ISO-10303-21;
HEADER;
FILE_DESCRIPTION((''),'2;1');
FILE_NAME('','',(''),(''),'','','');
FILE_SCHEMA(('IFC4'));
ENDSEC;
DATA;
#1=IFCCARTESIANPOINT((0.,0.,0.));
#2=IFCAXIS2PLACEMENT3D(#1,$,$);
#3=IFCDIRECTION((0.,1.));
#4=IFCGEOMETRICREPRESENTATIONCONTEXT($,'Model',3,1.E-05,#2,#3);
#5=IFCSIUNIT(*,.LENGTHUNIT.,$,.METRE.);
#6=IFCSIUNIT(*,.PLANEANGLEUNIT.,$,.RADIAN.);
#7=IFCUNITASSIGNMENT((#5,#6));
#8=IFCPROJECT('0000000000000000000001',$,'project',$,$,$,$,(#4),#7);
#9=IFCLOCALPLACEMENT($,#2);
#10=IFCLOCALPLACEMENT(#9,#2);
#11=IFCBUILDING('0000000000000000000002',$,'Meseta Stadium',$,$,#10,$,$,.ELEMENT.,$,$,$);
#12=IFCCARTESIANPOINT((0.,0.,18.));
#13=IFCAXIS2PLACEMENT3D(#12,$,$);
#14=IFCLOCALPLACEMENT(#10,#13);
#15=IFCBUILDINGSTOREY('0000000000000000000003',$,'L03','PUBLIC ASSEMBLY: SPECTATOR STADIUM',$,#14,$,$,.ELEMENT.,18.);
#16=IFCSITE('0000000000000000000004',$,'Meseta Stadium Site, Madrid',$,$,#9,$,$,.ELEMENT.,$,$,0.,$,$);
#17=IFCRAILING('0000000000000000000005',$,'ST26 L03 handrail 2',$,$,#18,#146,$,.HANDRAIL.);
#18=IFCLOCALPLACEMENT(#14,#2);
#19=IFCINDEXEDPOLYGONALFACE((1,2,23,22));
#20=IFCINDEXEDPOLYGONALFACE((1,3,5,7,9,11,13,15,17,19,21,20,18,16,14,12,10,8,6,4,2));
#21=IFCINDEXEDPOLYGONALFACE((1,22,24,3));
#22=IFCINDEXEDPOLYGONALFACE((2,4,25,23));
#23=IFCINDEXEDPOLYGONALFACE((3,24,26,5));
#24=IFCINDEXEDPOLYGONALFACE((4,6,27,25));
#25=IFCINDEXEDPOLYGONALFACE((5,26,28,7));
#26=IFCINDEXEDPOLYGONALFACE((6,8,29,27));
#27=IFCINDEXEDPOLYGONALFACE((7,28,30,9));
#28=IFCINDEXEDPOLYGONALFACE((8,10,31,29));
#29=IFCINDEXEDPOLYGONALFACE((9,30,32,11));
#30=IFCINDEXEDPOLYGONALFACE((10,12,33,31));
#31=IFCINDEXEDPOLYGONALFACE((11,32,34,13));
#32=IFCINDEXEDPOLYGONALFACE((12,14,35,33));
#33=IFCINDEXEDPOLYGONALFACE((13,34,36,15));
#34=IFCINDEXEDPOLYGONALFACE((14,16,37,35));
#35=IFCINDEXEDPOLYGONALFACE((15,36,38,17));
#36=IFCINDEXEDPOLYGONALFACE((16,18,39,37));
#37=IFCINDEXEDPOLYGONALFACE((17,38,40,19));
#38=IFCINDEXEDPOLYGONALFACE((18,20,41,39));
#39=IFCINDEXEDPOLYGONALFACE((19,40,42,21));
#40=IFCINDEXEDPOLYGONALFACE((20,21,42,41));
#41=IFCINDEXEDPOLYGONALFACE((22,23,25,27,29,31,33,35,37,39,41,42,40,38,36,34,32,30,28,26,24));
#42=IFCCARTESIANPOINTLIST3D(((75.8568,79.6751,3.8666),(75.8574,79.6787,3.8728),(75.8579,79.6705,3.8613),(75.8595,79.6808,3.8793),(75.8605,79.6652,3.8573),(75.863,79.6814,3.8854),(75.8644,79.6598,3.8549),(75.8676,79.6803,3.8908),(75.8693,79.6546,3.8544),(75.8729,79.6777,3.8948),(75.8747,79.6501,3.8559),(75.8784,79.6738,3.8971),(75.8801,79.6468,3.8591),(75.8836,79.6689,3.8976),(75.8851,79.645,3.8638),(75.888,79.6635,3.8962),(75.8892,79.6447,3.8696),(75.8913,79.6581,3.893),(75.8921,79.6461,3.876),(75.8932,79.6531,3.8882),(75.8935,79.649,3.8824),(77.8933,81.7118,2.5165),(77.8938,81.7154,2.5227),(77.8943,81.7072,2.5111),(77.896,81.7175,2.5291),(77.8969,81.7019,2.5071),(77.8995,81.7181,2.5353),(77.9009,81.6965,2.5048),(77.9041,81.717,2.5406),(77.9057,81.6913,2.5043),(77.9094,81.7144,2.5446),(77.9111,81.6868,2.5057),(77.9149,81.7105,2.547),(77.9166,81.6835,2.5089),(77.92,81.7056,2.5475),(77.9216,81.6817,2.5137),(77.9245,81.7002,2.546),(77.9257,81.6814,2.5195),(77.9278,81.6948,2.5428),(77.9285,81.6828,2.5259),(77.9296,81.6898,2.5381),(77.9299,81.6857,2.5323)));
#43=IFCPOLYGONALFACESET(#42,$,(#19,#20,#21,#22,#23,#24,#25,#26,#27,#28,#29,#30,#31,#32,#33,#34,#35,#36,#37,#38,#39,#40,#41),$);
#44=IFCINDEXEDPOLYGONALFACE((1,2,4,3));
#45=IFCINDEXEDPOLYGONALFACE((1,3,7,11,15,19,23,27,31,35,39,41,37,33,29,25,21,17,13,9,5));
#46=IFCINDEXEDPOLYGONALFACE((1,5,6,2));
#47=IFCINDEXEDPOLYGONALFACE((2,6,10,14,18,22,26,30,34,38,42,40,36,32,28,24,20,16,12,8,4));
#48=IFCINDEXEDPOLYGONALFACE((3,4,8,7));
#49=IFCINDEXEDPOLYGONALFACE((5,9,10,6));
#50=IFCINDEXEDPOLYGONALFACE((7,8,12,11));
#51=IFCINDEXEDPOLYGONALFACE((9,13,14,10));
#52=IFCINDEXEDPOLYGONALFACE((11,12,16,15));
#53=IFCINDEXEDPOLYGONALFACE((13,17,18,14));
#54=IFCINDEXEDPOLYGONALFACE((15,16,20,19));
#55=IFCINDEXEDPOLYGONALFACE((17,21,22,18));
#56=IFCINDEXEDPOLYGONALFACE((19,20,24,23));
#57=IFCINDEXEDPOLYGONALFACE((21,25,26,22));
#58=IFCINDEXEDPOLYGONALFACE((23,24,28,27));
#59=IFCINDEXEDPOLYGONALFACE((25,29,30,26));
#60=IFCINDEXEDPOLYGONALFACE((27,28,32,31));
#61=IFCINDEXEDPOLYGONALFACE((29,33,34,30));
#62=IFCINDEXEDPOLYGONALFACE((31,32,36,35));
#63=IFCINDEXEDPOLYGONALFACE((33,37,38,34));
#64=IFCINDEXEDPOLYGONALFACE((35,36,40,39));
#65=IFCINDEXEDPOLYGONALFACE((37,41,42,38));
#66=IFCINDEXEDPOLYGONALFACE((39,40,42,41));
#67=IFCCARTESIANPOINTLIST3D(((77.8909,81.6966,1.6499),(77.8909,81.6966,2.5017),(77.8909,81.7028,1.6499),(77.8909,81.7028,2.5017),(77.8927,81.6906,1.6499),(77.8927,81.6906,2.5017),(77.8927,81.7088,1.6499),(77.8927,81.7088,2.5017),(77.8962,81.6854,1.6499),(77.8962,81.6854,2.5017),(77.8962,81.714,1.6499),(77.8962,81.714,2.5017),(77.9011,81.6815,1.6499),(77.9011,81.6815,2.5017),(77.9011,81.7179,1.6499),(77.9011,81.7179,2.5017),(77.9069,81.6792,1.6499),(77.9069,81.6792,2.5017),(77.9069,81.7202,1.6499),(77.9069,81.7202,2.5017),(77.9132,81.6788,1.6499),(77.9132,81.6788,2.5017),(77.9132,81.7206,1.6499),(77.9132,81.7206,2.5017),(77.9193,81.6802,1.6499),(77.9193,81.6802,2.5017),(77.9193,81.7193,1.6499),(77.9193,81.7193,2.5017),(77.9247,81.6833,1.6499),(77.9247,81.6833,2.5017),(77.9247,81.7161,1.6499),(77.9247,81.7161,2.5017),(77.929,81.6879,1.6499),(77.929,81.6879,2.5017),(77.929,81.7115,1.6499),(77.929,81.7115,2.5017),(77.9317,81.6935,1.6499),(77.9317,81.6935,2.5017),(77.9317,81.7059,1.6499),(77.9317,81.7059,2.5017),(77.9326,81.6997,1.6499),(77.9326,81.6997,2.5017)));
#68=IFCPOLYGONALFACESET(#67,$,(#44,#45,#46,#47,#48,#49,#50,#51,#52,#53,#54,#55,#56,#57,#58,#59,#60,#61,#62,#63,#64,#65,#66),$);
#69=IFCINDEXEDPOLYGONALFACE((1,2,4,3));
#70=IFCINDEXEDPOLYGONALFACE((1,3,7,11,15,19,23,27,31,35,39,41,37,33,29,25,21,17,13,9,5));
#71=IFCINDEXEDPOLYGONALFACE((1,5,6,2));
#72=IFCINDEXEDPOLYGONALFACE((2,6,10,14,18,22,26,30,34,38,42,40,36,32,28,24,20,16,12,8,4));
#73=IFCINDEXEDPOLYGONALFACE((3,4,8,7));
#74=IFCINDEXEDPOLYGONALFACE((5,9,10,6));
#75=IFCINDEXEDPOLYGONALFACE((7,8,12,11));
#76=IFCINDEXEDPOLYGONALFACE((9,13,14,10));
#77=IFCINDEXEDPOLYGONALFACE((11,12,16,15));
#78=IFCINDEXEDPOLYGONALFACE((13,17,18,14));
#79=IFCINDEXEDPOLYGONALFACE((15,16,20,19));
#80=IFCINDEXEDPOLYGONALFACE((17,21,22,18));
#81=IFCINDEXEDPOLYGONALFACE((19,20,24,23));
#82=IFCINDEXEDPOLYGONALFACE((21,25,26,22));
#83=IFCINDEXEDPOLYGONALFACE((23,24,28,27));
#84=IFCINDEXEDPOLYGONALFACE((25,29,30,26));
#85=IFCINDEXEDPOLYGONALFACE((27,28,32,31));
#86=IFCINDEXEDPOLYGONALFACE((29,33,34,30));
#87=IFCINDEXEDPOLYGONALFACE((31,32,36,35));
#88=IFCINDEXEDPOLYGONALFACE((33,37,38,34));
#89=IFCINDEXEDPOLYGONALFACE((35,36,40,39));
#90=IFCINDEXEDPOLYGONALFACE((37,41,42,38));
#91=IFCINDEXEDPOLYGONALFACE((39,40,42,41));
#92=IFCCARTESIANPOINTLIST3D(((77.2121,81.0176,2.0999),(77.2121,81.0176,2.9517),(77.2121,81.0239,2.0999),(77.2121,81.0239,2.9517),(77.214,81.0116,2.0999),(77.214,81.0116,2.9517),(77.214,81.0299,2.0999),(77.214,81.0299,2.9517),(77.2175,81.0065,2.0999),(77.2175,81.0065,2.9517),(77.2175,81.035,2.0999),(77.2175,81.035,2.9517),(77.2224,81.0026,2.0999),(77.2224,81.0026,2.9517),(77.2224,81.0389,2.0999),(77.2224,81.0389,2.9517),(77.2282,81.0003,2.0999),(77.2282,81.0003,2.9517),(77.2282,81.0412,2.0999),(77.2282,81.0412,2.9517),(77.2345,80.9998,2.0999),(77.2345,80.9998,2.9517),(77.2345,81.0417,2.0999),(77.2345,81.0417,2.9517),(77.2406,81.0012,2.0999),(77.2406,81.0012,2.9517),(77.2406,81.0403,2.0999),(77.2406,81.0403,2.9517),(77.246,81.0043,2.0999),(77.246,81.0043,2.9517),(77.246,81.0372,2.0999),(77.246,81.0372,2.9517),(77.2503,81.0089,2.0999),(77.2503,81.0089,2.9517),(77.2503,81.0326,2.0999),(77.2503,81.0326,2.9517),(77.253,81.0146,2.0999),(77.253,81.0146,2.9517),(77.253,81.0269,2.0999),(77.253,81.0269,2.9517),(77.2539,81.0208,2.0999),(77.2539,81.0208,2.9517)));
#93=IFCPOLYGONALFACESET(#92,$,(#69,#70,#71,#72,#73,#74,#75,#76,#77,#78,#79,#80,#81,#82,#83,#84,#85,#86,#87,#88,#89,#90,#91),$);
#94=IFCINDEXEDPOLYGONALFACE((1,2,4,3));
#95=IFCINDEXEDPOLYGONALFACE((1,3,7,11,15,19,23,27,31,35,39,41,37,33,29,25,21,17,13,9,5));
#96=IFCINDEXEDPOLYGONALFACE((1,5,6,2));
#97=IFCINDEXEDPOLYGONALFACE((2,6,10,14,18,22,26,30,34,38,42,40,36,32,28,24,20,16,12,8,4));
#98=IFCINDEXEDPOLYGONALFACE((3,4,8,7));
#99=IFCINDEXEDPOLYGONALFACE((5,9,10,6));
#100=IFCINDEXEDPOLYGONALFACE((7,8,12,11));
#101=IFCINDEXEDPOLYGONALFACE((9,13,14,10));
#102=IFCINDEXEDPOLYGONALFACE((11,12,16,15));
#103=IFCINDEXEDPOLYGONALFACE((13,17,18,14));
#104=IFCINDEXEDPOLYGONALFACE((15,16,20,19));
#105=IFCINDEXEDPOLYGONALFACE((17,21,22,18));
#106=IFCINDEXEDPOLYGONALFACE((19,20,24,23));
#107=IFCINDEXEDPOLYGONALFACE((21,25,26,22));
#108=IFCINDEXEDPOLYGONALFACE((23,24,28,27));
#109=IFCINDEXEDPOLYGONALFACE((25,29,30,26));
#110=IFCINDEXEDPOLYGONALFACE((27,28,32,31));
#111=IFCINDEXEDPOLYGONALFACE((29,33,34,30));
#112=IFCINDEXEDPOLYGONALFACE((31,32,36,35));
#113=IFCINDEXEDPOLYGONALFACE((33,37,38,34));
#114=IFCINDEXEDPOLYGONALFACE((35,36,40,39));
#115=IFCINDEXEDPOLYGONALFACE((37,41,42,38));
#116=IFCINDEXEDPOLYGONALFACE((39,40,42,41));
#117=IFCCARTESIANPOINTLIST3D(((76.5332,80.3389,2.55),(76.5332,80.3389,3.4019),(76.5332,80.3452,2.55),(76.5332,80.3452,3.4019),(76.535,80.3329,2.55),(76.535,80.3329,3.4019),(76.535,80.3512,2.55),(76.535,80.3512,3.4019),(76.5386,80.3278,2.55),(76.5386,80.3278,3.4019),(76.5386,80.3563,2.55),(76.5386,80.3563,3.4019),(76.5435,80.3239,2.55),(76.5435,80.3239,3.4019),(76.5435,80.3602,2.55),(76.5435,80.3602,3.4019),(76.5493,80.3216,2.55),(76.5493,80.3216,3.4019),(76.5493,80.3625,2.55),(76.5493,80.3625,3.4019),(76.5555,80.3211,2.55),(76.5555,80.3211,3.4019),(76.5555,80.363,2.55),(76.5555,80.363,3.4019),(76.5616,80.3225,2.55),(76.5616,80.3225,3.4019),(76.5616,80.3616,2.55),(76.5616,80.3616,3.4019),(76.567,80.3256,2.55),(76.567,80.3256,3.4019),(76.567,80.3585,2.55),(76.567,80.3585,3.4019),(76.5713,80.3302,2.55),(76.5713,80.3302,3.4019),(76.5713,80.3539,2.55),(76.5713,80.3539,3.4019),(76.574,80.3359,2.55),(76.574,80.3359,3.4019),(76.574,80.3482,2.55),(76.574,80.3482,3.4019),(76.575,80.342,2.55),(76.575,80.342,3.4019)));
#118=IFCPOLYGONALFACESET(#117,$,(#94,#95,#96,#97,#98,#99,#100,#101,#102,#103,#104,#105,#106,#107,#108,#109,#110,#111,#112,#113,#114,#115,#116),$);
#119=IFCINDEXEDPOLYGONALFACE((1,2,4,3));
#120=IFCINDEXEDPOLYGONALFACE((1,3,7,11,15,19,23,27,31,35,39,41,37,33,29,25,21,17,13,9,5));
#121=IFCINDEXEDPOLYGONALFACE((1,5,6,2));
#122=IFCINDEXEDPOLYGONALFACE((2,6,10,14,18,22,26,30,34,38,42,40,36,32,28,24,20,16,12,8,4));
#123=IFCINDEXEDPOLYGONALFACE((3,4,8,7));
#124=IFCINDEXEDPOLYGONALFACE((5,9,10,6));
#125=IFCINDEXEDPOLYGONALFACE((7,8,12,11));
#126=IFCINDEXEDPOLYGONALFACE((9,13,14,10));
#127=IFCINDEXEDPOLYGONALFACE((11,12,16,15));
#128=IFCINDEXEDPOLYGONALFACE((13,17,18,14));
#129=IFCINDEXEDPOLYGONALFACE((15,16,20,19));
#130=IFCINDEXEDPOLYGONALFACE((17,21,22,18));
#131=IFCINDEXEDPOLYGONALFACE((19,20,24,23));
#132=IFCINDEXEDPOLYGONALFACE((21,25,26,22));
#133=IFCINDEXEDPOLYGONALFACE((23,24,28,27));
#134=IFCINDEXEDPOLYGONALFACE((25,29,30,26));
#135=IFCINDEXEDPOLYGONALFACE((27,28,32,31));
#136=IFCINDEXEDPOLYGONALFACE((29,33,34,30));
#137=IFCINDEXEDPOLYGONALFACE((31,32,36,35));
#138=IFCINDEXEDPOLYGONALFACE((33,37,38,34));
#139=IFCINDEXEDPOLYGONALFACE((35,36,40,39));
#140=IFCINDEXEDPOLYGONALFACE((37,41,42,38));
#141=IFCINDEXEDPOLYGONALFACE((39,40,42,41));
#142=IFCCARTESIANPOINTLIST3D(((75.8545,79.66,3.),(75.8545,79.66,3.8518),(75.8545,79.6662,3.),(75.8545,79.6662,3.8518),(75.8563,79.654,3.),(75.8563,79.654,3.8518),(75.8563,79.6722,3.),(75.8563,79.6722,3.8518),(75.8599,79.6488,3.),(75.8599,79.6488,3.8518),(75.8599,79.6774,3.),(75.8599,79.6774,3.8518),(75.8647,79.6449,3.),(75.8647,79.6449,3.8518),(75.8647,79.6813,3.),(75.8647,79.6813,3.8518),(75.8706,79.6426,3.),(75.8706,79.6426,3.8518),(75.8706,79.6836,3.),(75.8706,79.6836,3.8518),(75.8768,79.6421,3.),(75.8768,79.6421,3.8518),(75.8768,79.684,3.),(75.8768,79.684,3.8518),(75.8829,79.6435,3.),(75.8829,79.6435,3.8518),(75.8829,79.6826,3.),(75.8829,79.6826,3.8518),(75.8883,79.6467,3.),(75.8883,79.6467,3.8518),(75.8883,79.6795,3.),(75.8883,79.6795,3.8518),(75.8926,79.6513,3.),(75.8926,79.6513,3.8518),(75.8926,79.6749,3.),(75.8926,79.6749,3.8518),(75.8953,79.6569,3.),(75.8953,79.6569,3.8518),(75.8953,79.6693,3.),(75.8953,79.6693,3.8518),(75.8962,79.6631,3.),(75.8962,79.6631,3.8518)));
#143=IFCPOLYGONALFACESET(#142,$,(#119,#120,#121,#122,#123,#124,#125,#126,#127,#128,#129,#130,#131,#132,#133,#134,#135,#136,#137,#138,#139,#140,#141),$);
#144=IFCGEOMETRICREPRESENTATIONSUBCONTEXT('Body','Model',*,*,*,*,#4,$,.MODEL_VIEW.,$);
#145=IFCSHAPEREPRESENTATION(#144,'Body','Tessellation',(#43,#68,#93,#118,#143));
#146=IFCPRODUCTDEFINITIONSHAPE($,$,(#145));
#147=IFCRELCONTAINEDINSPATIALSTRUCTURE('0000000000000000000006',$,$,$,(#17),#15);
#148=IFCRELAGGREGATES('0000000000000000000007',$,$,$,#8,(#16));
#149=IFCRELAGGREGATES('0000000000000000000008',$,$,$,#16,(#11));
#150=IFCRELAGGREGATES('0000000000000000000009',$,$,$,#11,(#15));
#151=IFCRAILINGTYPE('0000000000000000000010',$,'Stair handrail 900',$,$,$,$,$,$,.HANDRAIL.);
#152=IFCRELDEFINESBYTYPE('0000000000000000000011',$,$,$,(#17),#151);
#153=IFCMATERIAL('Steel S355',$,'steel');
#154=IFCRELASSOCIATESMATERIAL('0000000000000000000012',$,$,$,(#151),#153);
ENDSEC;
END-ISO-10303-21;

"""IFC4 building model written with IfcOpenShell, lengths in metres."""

from ifc_helpers import new_model, si_unit, direction, frame, origin, origin_2d, place, context, subcontext, project, spatial, circle, extrude, material, type_object, element, save


model = new_model("IFC4")

# Units and contexts
model_context = context("Model", 3, precision=1e-05, world=origin(), true_north=direction((0.0, 1.0)))
body_context = subcontext(model_context, "Body", "Model", "MODEL_VIEW")
ifc_project = project(units=[si_unit("LENGTHUNIT", "METRE"), si_unit("PLANEANGLEUNIT", "RADIAN")], contexts=[model_context])

# Site, building, storey
site_placement = place(None, origin())
site = spatial("IfcSite", under=ifc_project, at=site_placement, Name="Meseta Stadium Site, Madrid", CompositionType="ELEMENT", RefElevation=0.0)
building_placement = place(site_placement, origin())
building = spatial("IfcBuilding", under=site, at=building_placement, Name="Meseta Stadium", CompositionType="ELEMENT")
storey_placement = place(building_placement, frame((0.0, 0.0, 18.0)))
storey = spatial("IfcBuildingStorey", under=building, at=storey_placement, Name="L03", Description="PUBLIC ASSEMBLY: SPECTATOR STADIUM", CompositionType="ELEMENT", Elevation=18.0)

# Railing
ifc_material_1 = material(Name="Steel S355", Category="steel")
railing_type_1 = type_object("IfcRailingType", Name="Stair handrail 900", PredefinedType="HANDRAIL", material=ifc_material_1)
for number, where, name in (
    (1, (77.9116, 81.6997, 1.6499), "ST26 L03 handrail 2"),
):
    element("IfcRailing", number, at=place(storey_placement, frame(where)), inside=storey, type_object=railing_type_1, Name=name, PredefinedType="HANDRAIL", context=body_context, shape_type="SweptSolid", body=[
        extrude(circle(Radius=0.0239, at=origin_2d()), frame((0.0, 0.0, 0.876), z_axis=(-0.640211, -0.640288, 0.424454), x_axis=(0.707149, -0.707064, 0.0)), (0.0, 0.0, 1.0), 3.1809),
        extrude(circle(Radius=0.021, at=origin_2d()), origin(), (0.0, 0.0, 1.0), 0.8518),
        extrude(circle(Radius=0.021, at=origin_2d()), frame((-0.6787, -0.679, 0.45)), (0.0, 0.0, 1.0), 0.8518),
        extrude(circle(Radius=0.021, at=origin_2d()), frame((-1.3577, -1.3577, 0.9001)), (0.0, 0.0, 1.0), 0.8518),
        extrude(circle(Radius=0.021, at=origin_2d()), frame((-2.0364, -2.0366, 1.3501)), (0.0, 0.0, 1.0), 0.8518),
    ])

save(model, "model.ifc")
